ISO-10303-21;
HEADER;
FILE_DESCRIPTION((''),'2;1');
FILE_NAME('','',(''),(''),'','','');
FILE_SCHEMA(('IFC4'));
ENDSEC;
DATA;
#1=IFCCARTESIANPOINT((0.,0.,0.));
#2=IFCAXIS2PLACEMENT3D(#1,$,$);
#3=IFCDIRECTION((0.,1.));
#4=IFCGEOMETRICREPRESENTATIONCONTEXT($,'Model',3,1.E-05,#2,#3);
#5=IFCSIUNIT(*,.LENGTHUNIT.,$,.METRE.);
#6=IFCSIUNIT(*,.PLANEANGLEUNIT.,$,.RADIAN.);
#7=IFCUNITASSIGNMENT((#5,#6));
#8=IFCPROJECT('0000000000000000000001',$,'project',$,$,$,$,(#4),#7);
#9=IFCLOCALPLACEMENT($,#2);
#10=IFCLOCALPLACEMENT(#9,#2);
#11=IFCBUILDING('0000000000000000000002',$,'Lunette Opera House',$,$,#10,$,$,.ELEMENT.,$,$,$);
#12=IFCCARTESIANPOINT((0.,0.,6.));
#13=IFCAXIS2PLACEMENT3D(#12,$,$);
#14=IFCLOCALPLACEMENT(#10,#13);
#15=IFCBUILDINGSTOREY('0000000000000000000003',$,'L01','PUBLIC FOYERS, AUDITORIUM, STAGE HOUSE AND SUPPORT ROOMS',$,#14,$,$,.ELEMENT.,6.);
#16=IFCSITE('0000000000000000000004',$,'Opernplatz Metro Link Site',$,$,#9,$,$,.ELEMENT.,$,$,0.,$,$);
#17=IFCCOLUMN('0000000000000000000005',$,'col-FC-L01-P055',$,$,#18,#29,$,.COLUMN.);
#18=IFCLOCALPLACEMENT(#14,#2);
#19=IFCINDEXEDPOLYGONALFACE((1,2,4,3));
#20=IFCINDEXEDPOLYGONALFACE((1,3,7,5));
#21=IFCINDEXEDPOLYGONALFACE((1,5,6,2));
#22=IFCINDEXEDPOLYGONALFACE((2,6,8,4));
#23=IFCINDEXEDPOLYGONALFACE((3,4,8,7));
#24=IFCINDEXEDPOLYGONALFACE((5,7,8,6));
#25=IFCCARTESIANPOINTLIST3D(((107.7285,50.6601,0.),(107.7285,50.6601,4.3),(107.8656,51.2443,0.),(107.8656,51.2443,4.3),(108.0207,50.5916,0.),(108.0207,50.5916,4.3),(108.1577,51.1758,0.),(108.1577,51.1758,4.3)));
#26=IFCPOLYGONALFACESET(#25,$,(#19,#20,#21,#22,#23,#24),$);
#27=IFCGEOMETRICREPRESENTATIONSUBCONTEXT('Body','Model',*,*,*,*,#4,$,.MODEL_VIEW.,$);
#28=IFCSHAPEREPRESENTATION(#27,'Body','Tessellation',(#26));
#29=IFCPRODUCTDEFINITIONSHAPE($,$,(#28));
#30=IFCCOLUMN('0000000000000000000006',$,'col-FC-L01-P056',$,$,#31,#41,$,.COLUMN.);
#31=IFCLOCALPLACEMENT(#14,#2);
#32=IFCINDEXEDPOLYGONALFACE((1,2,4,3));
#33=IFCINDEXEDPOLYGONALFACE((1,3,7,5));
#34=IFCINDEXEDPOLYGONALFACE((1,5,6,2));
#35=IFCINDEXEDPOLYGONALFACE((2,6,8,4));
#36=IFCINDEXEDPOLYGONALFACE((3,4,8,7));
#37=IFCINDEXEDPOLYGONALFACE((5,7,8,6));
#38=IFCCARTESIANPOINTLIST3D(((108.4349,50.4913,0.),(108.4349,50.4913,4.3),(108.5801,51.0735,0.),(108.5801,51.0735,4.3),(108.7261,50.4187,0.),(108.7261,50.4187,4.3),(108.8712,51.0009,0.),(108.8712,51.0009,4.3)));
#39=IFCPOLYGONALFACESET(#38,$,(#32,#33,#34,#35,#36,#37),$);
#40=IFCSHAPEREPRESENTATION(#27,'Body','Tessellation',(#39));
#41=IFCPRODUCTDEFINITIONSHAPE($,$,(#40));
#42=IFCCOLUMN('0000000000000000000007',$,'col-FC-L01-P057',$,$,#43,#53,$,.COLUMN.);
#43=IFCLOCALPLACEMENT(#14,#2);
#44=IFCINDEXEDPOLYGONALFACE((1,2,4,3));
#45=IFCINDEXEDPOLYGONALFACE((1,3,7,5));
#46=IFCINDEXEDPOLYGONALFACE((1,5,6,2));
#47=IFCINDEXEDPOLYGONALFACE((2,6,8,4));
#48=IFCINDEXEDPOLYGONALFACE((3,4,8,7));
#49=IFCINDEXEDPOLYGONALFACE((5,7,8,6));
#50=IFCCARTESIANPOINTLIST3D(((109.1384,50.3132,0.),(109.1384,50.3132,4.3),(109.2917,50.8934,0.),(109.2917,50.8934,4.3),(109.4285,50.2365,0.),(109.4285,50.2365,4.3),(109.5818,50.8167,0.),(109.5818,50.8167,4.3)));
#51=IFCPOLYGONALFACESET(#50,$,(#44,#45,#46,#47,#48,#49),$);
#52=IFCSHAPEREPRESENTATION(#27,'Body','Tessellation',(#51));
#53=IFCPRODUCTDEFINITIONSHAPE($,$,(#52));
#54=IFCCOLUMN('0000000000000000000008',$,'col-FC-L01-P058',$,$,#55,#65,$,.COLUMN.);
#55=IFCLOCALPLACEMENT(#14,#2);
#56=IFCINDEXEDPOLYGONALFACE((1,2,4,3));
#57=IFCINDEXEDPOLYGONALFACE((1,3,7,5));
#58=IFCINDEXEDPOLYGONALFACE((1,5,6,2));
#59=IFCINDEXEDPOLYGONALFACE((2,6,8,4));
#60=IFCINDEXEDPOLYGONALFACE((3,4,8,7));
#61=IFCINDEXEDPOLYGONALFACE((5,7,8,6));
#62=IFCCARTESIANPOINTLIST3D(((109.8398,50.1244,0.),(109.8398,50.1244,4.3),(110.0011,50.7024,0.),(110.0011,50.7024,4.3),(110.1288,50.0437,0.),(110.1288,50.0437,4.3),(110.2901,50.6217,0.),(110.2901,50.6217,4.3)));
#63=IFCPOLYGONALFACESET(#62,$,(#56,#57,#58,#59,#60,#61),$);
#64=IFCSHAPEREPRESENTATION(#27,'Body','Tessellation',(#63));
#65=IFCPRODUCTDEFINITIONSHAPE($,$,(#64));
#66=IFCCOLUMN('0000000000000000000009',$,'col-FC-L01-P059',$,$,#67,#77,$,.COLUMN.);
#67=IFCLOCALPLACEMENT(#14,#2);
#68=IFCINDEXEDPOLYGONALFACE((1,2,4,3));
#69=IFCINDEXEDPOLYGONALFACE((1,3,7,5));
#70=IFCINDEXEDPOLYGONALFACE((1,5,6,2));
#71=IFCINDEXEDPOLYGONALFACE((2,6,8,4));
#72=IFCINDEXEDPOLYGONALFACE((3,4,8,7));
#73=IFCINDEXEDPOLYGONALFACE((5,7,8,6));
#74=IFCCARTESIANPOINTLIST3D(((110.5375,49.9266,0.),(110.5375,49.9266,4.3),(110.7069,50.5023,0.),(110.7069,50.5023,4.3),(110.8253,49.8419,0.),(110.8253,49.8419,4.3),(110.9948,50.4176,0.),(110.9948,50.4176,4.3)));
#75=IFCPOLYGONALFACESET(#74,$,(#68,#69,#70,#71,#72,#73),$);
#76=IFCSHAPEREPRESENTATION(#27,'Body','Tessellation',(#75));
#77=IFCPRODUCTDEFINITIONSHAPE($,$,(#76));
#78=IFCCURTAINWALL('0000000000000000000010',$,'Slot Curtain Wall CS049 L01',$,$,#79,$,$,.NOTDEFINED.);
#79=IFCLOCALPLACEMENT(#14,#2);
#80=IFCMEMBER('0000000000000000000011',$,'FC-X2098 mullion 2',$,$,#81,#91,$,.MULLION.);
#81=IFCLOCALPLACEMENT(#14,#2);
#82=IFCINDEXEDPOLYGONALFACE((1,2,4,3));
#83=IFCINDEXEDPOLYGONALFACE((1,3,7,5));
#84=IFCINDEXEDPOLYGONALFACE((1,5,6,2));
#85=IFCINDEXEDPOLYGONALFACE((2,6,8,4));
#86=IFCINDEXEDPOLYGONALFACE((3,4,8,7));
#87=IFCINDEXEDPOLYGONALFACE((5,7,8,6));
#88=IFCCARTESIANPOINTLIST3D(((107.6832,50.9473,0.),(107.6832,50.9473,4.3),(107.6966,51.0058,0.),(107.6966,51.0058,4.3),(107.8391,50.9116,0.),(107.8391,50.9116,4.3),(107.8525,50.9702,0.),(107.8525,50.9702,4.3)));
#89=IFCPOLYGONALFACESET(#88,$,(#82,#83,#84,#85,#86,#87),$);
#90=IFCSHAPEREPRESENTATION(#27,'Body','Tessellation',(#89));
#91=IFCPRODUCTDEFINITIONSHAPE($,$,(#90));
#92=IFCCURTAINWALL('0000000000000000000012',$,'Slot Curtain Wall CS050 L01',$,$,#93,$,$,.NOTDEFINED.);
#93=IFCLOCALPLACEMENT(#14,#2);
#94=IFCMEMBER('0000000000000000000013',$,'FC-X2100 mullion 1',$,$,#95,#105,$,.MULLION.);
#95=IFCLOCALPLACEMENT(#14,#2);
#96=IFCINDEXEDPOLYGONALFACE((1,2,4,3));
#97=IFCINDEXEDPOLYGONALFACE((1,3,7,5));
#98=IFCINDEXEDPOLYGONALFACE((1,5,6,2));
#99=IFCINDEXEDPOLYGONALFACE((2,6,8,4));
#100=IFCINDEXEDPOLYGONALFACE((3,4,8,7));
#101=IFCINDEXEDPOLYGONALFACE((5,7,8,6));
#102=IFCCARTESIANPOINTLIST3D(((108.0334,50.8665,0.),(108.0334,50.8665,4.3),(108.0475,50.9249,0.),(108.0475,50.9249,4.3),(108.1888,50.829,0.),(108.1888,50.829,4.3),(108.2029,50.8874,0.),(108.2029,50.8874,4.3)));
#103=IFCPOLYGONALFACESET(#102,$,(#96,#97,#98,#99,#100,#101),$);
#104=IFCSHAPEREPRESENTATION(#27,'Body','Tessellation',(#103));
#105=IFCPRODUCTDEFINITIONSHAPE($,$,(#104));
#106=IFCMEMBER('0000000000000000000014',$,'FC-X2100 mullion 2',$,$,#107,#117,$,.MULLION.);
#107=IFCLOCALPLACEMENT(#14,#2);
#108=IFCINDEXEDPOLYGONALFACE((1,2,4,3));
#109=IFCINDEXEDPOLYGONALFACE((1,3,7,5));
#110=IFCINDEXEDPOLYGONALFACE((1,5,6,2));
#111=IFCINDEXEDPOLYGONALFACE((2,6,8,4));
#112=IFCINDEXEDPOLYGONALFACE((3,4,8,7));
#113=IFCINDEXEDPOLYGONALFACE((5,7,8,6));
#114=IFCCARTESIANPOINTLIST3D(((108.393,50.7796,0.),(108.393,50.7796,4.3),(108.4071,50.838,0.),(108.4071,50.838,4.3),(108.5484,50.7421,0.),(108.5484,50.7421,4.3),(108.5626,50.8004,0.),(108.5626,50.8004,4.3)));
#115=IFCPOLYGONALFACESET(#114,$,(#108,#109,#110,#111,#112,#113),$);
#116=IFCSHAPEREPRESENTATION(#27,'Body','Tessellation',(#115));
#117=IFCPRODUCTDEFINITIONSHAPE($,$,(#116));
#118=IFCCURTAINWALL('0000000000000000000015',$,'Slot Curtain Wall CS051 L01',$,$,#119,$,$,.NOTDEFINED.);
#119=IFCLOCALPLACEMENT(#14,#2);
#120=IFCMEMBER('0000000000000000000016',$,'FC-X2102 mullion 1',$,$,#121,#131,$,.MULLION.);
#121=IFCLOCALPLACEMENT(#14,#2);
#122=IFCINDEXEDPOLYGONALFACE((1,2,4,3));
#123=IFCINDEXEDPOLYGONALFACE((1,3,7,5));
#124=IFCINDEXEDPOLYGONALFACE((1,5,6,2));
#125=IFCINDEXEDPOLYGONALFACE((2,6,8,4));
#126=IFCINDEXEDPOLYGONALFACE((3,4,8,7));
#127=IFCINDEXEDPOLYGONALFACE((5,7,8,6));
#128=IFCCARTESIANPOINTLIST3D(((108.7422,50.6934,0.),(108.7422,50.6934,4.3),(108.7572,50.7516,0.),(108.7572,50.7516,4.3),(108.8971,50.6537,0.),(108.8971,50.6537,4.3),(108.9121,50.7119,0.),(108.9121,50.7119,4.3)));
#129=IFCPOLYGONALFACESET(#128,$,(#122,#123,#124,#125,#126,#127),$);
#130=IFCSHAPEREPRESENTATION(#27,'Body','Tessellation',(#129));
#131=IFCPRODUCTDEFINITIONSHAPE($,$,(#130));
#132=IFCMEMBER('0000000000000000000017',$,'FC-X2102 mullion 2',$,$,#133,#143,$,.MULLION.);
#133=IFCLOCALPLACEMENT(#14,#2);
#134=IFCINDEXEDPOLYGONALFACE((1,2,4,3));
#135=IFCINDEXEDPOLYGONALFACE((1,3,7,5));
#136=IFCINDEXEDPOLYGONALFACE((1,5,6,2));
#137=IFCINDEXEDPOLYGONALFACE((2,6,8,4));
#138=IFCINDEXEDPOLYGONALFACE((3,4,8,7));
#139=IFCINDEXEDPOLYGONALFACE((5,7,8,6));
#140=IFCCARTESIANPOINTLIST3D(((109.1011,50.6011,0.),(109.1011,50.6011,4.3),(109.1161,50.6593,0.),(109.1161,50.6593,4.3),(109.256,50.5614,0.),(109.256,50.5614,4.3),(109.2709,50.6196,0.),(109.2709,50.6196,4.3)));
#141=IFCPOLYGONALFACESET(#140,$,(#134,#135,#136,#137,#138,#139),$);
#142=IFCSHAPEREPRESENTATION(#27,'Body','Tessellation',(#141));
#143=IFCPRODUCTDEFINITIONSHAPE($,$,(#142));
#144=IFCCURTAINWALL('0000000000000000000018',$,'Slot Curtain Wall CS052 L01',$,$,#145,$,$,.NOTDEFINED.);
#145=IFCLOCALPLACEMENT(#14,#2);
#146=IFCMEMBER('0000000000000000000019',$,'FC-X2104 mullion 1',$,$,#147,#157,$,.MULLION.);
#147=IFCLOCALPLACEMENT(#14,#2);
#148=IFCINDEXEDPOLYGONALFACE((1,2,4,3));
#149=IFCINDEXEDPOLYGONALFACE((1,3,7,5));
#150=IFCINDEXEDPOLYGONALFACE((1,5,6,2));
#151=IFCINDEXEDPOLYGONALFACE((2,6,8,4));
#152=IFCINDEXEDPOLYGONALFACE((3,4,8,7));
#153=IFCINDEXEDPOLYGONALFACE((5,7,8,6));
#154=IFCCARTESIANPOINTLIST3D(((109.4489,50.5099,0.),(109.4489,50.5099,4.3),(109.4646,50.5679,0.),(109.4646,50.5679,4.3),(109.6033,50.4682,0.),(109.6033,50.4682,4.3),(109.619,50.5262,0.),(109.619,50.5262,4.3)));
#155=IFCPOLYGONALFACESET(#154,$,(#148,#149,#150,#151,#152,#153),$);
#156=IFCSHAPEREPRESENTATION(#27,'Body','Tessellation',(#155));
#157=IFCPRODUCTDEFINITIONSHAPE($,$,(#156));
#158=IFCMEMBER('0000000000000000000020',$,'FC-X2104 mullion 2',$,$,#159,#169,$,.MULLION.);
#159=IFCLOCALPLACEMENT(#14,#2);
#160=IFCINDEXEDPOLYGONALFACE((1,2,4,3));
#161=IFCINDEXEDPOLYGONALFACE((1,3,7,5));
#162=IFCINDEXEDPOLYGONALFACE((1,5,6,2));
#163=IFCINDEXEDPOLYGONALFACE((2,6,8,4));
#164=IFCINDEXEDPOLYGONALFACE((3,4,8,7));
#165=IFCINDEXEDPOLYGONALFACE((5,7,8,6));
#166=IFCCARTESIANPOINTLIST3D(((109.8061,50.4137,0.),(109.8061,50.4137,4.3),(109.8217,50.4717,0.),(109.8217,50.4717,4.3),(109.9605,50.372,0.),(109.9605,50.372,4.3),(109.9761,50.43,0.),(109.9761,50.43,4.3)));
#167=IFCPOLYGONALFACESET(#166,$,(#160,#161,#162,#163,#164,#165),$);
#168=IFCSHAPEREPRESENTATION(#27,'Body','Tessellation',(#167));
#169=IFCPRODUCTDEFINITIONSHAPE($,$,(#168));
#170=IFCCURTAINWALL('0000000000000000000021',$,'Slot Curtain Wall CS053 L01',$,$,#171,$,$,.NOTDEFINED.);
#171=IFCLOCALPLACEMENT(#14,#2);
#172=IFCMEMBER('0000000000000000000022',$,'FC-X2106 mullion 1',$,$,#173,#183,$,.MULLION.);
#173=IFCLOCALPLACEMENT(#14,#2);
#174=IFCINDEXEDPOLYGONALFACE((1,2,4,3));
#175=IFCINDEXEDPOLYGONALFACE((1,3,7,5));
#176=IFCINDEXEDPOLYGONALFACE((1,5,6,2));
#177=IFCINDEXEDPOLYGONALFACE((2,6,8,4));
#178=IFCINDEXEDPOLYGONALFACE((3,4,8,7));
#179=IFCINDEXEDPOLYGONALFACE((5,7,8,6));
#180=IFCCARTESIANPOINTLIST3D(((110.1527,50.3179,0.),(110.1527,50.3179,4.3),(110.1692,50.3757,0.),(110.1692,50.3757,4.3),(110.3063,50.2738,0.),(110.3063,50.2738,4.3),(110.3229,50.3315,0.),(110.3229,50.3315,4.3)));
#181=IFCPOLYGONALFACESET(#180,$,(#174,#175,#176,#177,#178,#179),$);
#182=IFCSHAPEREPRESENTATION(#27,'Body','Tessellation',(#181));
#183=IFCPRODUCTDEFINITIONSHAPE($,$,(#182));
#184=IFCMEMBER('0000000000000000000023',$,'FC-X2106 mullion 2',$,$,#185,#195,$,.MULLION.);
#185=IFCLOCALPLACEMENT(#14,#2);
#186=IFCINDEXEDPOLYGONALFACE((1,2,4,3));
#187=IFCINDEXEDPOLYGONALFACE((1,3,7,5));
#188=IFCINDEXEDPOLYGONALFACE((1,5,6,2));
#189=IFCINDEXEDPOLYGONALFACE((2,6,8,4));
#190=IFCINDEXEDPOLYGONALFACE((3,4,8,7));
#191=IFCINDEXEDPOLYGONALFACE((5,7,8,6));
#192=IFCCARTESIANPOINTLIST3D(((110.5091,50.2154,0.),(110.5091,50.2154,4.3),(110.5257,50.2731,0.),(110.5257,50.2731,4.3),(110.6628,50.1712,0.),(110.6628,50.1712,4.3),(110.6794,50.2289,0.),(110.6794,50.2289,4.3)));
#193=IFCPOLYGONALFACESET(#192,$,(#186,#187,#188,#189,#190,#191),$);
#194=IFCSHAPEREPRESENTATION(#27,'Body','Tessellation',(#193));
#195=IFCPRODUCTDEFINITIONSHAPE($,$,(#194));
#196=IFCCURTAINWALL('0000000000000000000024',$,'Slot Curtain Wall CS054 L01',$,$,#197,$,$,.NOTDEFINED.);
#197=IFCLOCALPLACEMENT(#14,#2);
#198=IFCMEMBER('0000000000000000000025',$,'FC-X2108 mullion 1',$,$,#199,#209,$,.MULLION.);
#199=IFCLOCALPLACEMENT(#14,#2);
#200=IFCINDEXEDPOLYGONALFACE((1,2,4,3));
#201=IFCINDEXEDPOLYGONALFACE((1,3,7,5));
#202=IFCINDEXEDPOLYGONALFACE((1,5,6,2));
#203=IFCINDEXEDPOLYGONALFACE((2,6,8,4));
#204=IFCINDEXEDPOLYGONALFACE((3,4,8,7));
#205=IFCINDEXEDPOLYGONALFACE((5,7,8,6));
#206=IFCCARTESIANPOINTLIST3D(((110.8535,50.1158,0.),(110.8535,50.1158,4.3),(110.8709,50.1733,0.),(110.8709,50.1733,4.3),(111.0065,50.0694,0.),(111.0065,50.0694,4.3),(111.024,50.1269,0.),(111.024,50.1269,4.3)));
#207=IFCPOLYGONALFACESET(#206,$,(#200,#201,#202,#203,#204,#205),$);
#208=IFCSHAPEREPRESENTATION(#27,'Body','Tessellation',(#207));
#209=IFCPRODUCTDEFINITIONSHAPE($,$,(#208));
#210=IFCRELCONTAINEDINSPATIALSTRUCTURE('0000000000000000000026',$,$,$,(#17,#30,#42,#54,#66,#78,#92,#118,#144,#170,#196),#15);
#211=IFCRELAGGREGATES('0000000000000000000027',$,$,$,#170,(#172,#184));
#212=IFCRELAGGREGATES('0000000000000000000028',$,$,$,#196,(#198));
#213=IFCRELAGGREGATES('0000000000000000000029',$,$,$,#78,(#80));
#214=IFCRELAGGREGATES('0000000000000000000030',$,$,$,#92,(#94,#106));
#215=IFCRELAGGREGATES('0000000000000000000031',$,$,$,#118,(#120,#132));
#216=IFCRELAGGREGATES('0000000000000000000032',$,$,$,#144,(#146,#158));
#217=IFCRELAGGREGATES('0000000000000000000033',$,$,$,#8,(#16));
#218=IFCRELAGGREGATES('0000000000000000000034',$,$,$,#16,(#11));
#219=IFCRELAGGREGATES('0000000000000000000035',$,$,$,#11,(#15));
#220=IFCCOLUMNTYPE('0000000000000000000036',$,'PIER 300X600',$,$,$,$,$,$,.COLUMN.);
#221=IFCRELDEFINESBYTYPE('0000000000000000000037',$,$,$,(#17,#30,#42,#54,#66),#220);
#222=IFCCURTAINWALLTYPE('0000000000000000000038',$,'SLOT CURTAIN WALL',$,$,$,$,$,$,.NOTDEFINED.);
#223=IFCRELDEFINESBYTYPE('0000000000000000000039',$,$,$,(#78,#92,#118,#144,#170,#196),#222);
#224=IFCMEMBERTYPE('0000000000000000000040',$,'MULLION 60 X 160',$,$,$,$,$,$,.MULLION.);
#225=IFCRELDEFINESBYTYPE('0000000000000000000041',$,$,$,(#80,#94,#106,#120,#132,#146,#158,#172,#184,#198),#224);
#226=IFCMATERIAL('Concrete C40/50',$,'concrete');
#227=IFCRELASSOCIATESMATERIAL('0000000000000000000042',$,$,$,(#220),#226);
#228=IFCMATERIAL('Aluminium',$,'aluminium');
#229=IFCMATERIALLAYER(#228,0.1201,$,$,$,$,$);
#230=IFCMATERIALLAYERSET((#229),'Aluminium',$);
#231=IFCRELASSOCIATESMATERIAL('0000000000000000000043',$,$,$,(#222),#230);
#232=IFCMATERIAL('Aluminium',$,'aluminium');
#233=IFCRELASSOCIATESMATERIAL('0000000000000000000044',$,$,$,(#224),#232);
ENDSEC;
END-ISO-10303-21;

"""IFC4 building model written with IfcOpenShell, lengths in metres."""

from ifc_helpers import new_model, si_unit, direction, frame, origin, origin_2d, place, context, subcontext, project, spatial, rectangle, extrude, material, layer, layer_set, material_profile, profile_set, type_object, element, aggregate, save


model = new_model("IFC4")

# Units and contexts
model_context = context("Model", 3, precision=1e-05, world=origin(), true_north=direction((0.0, 1.0)))
body_context = subcontext(model_context, "Body", "Model", "MODEL_VIEW")
ifc_project = project(units=[si_unit("LENGTHUNIT", "METRE"), si_unit("PLANEANGLEUNIT", "RADIAN")], contexts=[model_context])

# Site, building, storey
site_placement = place(None, origin())
site = spatial("IfcSite", under=ifc_project, at=site_placement, Name="Opernplatz Metro Link Site", CompositionType="ELEMENT", RefElevation=0.0)
building_placement = place(site_placement, origin())
building = spatial("IfcBuilding", under=site, at=building_placement, Name="Lunette Opera House", CompositionType="ELEMENT")
storey_placement = place(building_placement, frame((0.0, 0.0, 6.0)))
storey = spatial("IfcBuildingStorey", under=building, at=storey_placement, Name="L01", Description="PUBLIC FOYERS, AUDITORIUM, STAGE HOUSE AND SUPPORT ROOMS", CompositionType="ELEMENT", Elevation=6.0)

# Columns
ifc_material_1 = material(Name="Concrete C40/50", Category="concrete")
ifc_material_profile_1 = material_profile(ifc_material_1, rectangle(XDim=0.3, YDim=0.6001, at=origin_2d()), Name="PIER 300X600")
ifc_profile_set_1 = profile_set([ifc_material_profile_1], Name="Concrete C40/50")
column_type = type_object("IfcColumnType", Name="PIER 300X600", PredefinedType="COLUMN", material=ifc_profile_set_1)
for number, where, z_axis, x_axis, name in (
    (1, (107.9431, 50.918, 0.0), (0.0, 0.0, 1.0), (0.973579, -0.228351, 0.0), "col-FC-L01-P055"),
    (2, (108.6531, 50.7461, 0.0), (0.0, 0.0, 1.0), (0.970296, -0.241922, 0.0), "col-FC-L01-P056"),
    (3, (109.3601, 50.5649, 0.0), (0.0, 0.0, 1.0), (0.966823, -0.255446, 0.0), "col-FC-L01-P057"),
    (4, (110.0649, 50.373, 0.0), (0.0, 0.0, 1.0), (0.963163, -0.26892, 0.0), "col-FC-L01-P058"),
    (5, (110.7661, 50.1721, 0.0), (0.0, 0.0, 1.0), (0.959314, -0.282341, 0.0), "col-FC-L01-P059"),
):
    element("IfcColumn", number, at=place(storey_placement, frame(where, z_axis=z_axis, x_axis=x_axis)), inside=storey, type_object=column_type, Name=name, PredefinedType="COLUMN", context=body_context, shape_type="SweptSolid", body=[
        extrude(rectangle(XDim=0.3, YDim=0.6001, at=origin_2d()), origin(), (0.0, 0.0, 1.0), 4.3),
    ])

# Curtain wall, member
ifc_material_2 = material(Name="Aluminium", Category="aluminium")
ifc_layer_1 = layer(ifc_material_2, 0.1201)
ifc_layer_set_1 = layer_set([ifc_layer_1], Name="Aluminium")
curtain_wall_type = type_object("IfcCurtainWallType", Name="SLOT CURTAIN WALL", PredefinedType="NOTDEFINED", material=ifc_layer_set_1)
curtain_wall_1_placement = place(storey_placement, origin())
curtain_wall_1 = element("IfcCurtainWall", 6, at=curtain_wall_1_placement, inside=storey, type_object=curtain_wall_type, Name="Slot Curtain Wall CS049 L01", PredefinedType="NOTDEFINED")
ifc_material_3 = material(Name="Aluminium", Category="aluminium")
ifc_material_profile_2 = material_profile(ifc_material_3, rectangle(XDim=0.0601, YDim=0.1599, at=origin_2d()), Name="MULLION 60 X 160")
ifc_profile_set_2 = profile_set([ifc_material_profile_2], Name="Aluminium")
member_type_1 = type_object("IfcMemberType", Name="MULLION 60 X 160", PredefinedType="MULLION", material=ifc_profile_set_2)
member_1_placement = place(storey_placement, frame((107.7678, 50.9587, 0.0), z_axis=(0.0, 0.0, 1.0), x_axis=(0.222825, 0.974859, 0.0)))
member_1 = element("IfcMember", 7, at=member_1_placement, type_object=member_type_1, Name="FC-X2098 mullion 2", PredefinedType="MULLION", context=body_context, shape_type="SweptSolid", body=[
    extrude(rectangle(XDim=0.0601, YDim=0.1599, at=origin_2d()), origin(), (0.0, 0.0, 1.0), 4.3),
])

# Curtain walls, members
curtain_wall_2_placement = place(storey_placement, origin())
curtain_wall_2 = element("IfcCurtainWall", 8, at=curtain_wall_2_placement, inside=storey, type_object=curtain_wall_type, Name="Slot Curtain Wall CS050 L01", PredefinedType="NOTDEFINED")
member_2_placement = place(storey_placement, frame((108.1182, 50.877, 0.0), z_axis=(0.0, 0.0, 1.0), x_axis=(0.234868, 0.972027, 0.0)))
member_2 = element("IfcMember", 9, at=member_2_placement, type_object=member_type_1, Name="FC-X2100 mullion 1", PredefinedType="MULLION", context=body_context, shape_type="SweptSolid", body=[
    extrude(rectangle(XDim=0.0601, YDim=0.1599, at=origin_2d()), origin(), (0.0, 0.0, 1.0), 4.3),
])
member_3_placement = place(storey_placement, frame((108.4778, 50.79, 0.0), z_axis=(0.0, 0.0, 1.0), x_axis=(0.234868, 0.972027, 0.0)))
member_3 = element("IfcMember", 10, at=member_3_placement, type_object=member_type_1, Name="FC-X2100 mullion 2", PredefinedType="MULLION", context=body_context, shape_type="SweptSolid", body=[
    extrude(rectangle(XDim=0.0601, YDim=0.1599, at=origin_2d()), origin(), (0.0, 0.0, 1.0), 4.3),
])
curtain_wall_3_placement = place(storey_placement, origin())
curtain_wall_3 = element("IfcCurtainWall", 11, at=curtain_wall_3_placement, inside=storey, type_object=curtain_wall_type, Name="Slot Curtain Wall CS051 L01", PredefinedType="NOTDEFINED")
member_4_placement = place(storey_placement, frame((108.8271, 50.7026, 0.0), z_axis=(0.0, 0.0, 1.0), x_axis=(0.248543, 0.968621, 0.0)))
member_4 = element("IfcMember", 12, at=member_4_placement, type_object=member_type_1, Name="FC-X2102 mullion 1", PredefinedType="MULLION", context=body_context, shape_type="SweptSolid", body=[
    extrude(rectangle(XDim=0.0601, YDim=0.1599, at=origin_2d()), origin(), (0.0, 0.0, 1.0), 4.3),
])
member_5_placement = place(storey_placement, frame((109.186, 50.6104, 0.0), z_axis=(0.0, 0.0, 1.0), x_axis=(0.248543, 0.968621, 0.0)))
member_5 = element("IfcMember", 13, at=member_5_placement, type_object=member_type_1, Name="FC-X2102 mullion 2", PredefinedType="MULLION", context=body_context, shape_type="SweptSolid", body=[
    extrude(rectangle(XDim=0.0601, YDim=0.1599, at=origin_2d()), origin(), (0.0, 0.0, 1.0), 4.3),
])
curtain_wall_4_placement = place(storey_placement, origin())
curtain_wall_4 = element("IfcCurtainWall", 14, at=curtain_wall_4_placement, inside=storey, type_object=curtain_wall_type, Name="Slot Curtain Wall CS052 L01", PredefinedType="NOTDEFINED")
member_6_placement = place(storey_placement, frame((109.5339, 50.5181, 0.0), z_axis=(0.0, 0.0, 1.0), x_axis=(0.260557, 0.965458, 0.0)))
member_6 = element("IfcMember", 15, at=member_6_placement, type_object=member_type_1, Name="FC-X2104 mullion 1", PredefinedType="MULLION", context=body_context, shape_type="SweptSolid", body=[
    extrude(rectangle(XDim=0.0601, YDim=0.1599, at=origin_2d()), origin(), (0.0, 0.0, 1.0), 4.3),
])
member_7_placement = place(storey_placement, frame((109.8911, 50.4219, 0.0), z_axis=(0.0, 0.0, 1.0), x_axis=(0.260557, 0.965458, 0.0)))
member_7 = element("IfcMember", 16, at=member_7_placement, type_object=member_type_1, Name="FC-X2104 mullion 2", PredefinedType="MULLION", context=body_context, shape_type="SweptSolid", body=[
    extrude(rectangle(XDim=0.0601, YDim=0.1599, at=origin_2d()), origin(), (0.0, 0.0, 1.0), 4.3),
])
curtain_wall_5_placement = place(storey_placement, origin())
curtain_wall_5 = element("IfcCurtainWall", 17, at=curtain_wall_5_placement, inside=storey, type_object=curtain_wall_type, Name="Slot Curtain Wall CS053 L01", PredefinedType="NOTDEFINED")
member_8_placement = place(storey_placement, frame((110.2378, 50.3247, 0.0), z_axis=(0.0, 0.0, 1.0), x_axis=(0.276254, 0.961085, 0.0)))
member_8 = element("IfcMember", 18, at=member_8_placement, type_object=member_type_1, Name="FC-X2106 mullion 1", PredefinedType="MULLION", context=body_context, shape_type="SweptSolid", body=[
    extrude(rectangle(XDim=0.0601, YDim=0.1599, at=origin_2d()), origin(), (0.0, 0.0, 1.0), 4.3),
])
member_9_placement = place(storey_placement, frame((110.5942, 50.2222, 0.0), z_axis=(0.0, 0.0, 1.0), x_axis=(0.276254, 0.961085, 0.0)))
member_9 = element("IfcMember", 19, at=member_9_placement, type_object=member_type_1, Name="FC-X2106 mullion 2", PredefinedType="MULLION", context=body_context, shape_type="SweptSolid", body=[
    extrude(rectangle(XDim=0.0601, YDim=0.1599, at=origin_2d()), origin(), (0.0, 0.0, 1.0), 4.3),
])

# Curtain wall, member
curtain_wall_6_placement = place(storey_placement, origin())
curtain_wall_6 = element("IfcCurtainWall", 20, at=curtain_wall_6_placement, inside=storey, type_object=curtain_wall_type, Name="Slot Curtain Wall CS054 L01", PredefinedType="NOTDEFINED")
member_10_placement = place(storey_placement, frame((110.9387, 50.1213, 0.0), z_axis=(0.0, 0.0, 1.0), x_axis=(0.29033, 0.956927, 0.0)))
member_10 = element("IfcMember", 21, at=member_10_placement, type_object=member_type_1, Name="FC-X2108 mullion 1", PredefinedType="MULLION", context=body_context, shape_type="SweptSolid", body=[
    extrude(rectangle(XDim=0.0601, YDim=0.1599, at=origin_2d()), origin(), (0.0, 0.0, 1.0), 4.3),
])

aggregate(curtain_wall_5, [member_8, member_9])
aggregate(curtain_wall_6, [member_10])

aggregate(curtain_wall_1, [member_1])
aggregate(curtain_wall_2, [member_2, member_3])
aggregate(curtain_wall_3, [member_4, member_5])
aggregate(curtain_wall_4, [member_6, member_7])

save(model, "model.ifc")
